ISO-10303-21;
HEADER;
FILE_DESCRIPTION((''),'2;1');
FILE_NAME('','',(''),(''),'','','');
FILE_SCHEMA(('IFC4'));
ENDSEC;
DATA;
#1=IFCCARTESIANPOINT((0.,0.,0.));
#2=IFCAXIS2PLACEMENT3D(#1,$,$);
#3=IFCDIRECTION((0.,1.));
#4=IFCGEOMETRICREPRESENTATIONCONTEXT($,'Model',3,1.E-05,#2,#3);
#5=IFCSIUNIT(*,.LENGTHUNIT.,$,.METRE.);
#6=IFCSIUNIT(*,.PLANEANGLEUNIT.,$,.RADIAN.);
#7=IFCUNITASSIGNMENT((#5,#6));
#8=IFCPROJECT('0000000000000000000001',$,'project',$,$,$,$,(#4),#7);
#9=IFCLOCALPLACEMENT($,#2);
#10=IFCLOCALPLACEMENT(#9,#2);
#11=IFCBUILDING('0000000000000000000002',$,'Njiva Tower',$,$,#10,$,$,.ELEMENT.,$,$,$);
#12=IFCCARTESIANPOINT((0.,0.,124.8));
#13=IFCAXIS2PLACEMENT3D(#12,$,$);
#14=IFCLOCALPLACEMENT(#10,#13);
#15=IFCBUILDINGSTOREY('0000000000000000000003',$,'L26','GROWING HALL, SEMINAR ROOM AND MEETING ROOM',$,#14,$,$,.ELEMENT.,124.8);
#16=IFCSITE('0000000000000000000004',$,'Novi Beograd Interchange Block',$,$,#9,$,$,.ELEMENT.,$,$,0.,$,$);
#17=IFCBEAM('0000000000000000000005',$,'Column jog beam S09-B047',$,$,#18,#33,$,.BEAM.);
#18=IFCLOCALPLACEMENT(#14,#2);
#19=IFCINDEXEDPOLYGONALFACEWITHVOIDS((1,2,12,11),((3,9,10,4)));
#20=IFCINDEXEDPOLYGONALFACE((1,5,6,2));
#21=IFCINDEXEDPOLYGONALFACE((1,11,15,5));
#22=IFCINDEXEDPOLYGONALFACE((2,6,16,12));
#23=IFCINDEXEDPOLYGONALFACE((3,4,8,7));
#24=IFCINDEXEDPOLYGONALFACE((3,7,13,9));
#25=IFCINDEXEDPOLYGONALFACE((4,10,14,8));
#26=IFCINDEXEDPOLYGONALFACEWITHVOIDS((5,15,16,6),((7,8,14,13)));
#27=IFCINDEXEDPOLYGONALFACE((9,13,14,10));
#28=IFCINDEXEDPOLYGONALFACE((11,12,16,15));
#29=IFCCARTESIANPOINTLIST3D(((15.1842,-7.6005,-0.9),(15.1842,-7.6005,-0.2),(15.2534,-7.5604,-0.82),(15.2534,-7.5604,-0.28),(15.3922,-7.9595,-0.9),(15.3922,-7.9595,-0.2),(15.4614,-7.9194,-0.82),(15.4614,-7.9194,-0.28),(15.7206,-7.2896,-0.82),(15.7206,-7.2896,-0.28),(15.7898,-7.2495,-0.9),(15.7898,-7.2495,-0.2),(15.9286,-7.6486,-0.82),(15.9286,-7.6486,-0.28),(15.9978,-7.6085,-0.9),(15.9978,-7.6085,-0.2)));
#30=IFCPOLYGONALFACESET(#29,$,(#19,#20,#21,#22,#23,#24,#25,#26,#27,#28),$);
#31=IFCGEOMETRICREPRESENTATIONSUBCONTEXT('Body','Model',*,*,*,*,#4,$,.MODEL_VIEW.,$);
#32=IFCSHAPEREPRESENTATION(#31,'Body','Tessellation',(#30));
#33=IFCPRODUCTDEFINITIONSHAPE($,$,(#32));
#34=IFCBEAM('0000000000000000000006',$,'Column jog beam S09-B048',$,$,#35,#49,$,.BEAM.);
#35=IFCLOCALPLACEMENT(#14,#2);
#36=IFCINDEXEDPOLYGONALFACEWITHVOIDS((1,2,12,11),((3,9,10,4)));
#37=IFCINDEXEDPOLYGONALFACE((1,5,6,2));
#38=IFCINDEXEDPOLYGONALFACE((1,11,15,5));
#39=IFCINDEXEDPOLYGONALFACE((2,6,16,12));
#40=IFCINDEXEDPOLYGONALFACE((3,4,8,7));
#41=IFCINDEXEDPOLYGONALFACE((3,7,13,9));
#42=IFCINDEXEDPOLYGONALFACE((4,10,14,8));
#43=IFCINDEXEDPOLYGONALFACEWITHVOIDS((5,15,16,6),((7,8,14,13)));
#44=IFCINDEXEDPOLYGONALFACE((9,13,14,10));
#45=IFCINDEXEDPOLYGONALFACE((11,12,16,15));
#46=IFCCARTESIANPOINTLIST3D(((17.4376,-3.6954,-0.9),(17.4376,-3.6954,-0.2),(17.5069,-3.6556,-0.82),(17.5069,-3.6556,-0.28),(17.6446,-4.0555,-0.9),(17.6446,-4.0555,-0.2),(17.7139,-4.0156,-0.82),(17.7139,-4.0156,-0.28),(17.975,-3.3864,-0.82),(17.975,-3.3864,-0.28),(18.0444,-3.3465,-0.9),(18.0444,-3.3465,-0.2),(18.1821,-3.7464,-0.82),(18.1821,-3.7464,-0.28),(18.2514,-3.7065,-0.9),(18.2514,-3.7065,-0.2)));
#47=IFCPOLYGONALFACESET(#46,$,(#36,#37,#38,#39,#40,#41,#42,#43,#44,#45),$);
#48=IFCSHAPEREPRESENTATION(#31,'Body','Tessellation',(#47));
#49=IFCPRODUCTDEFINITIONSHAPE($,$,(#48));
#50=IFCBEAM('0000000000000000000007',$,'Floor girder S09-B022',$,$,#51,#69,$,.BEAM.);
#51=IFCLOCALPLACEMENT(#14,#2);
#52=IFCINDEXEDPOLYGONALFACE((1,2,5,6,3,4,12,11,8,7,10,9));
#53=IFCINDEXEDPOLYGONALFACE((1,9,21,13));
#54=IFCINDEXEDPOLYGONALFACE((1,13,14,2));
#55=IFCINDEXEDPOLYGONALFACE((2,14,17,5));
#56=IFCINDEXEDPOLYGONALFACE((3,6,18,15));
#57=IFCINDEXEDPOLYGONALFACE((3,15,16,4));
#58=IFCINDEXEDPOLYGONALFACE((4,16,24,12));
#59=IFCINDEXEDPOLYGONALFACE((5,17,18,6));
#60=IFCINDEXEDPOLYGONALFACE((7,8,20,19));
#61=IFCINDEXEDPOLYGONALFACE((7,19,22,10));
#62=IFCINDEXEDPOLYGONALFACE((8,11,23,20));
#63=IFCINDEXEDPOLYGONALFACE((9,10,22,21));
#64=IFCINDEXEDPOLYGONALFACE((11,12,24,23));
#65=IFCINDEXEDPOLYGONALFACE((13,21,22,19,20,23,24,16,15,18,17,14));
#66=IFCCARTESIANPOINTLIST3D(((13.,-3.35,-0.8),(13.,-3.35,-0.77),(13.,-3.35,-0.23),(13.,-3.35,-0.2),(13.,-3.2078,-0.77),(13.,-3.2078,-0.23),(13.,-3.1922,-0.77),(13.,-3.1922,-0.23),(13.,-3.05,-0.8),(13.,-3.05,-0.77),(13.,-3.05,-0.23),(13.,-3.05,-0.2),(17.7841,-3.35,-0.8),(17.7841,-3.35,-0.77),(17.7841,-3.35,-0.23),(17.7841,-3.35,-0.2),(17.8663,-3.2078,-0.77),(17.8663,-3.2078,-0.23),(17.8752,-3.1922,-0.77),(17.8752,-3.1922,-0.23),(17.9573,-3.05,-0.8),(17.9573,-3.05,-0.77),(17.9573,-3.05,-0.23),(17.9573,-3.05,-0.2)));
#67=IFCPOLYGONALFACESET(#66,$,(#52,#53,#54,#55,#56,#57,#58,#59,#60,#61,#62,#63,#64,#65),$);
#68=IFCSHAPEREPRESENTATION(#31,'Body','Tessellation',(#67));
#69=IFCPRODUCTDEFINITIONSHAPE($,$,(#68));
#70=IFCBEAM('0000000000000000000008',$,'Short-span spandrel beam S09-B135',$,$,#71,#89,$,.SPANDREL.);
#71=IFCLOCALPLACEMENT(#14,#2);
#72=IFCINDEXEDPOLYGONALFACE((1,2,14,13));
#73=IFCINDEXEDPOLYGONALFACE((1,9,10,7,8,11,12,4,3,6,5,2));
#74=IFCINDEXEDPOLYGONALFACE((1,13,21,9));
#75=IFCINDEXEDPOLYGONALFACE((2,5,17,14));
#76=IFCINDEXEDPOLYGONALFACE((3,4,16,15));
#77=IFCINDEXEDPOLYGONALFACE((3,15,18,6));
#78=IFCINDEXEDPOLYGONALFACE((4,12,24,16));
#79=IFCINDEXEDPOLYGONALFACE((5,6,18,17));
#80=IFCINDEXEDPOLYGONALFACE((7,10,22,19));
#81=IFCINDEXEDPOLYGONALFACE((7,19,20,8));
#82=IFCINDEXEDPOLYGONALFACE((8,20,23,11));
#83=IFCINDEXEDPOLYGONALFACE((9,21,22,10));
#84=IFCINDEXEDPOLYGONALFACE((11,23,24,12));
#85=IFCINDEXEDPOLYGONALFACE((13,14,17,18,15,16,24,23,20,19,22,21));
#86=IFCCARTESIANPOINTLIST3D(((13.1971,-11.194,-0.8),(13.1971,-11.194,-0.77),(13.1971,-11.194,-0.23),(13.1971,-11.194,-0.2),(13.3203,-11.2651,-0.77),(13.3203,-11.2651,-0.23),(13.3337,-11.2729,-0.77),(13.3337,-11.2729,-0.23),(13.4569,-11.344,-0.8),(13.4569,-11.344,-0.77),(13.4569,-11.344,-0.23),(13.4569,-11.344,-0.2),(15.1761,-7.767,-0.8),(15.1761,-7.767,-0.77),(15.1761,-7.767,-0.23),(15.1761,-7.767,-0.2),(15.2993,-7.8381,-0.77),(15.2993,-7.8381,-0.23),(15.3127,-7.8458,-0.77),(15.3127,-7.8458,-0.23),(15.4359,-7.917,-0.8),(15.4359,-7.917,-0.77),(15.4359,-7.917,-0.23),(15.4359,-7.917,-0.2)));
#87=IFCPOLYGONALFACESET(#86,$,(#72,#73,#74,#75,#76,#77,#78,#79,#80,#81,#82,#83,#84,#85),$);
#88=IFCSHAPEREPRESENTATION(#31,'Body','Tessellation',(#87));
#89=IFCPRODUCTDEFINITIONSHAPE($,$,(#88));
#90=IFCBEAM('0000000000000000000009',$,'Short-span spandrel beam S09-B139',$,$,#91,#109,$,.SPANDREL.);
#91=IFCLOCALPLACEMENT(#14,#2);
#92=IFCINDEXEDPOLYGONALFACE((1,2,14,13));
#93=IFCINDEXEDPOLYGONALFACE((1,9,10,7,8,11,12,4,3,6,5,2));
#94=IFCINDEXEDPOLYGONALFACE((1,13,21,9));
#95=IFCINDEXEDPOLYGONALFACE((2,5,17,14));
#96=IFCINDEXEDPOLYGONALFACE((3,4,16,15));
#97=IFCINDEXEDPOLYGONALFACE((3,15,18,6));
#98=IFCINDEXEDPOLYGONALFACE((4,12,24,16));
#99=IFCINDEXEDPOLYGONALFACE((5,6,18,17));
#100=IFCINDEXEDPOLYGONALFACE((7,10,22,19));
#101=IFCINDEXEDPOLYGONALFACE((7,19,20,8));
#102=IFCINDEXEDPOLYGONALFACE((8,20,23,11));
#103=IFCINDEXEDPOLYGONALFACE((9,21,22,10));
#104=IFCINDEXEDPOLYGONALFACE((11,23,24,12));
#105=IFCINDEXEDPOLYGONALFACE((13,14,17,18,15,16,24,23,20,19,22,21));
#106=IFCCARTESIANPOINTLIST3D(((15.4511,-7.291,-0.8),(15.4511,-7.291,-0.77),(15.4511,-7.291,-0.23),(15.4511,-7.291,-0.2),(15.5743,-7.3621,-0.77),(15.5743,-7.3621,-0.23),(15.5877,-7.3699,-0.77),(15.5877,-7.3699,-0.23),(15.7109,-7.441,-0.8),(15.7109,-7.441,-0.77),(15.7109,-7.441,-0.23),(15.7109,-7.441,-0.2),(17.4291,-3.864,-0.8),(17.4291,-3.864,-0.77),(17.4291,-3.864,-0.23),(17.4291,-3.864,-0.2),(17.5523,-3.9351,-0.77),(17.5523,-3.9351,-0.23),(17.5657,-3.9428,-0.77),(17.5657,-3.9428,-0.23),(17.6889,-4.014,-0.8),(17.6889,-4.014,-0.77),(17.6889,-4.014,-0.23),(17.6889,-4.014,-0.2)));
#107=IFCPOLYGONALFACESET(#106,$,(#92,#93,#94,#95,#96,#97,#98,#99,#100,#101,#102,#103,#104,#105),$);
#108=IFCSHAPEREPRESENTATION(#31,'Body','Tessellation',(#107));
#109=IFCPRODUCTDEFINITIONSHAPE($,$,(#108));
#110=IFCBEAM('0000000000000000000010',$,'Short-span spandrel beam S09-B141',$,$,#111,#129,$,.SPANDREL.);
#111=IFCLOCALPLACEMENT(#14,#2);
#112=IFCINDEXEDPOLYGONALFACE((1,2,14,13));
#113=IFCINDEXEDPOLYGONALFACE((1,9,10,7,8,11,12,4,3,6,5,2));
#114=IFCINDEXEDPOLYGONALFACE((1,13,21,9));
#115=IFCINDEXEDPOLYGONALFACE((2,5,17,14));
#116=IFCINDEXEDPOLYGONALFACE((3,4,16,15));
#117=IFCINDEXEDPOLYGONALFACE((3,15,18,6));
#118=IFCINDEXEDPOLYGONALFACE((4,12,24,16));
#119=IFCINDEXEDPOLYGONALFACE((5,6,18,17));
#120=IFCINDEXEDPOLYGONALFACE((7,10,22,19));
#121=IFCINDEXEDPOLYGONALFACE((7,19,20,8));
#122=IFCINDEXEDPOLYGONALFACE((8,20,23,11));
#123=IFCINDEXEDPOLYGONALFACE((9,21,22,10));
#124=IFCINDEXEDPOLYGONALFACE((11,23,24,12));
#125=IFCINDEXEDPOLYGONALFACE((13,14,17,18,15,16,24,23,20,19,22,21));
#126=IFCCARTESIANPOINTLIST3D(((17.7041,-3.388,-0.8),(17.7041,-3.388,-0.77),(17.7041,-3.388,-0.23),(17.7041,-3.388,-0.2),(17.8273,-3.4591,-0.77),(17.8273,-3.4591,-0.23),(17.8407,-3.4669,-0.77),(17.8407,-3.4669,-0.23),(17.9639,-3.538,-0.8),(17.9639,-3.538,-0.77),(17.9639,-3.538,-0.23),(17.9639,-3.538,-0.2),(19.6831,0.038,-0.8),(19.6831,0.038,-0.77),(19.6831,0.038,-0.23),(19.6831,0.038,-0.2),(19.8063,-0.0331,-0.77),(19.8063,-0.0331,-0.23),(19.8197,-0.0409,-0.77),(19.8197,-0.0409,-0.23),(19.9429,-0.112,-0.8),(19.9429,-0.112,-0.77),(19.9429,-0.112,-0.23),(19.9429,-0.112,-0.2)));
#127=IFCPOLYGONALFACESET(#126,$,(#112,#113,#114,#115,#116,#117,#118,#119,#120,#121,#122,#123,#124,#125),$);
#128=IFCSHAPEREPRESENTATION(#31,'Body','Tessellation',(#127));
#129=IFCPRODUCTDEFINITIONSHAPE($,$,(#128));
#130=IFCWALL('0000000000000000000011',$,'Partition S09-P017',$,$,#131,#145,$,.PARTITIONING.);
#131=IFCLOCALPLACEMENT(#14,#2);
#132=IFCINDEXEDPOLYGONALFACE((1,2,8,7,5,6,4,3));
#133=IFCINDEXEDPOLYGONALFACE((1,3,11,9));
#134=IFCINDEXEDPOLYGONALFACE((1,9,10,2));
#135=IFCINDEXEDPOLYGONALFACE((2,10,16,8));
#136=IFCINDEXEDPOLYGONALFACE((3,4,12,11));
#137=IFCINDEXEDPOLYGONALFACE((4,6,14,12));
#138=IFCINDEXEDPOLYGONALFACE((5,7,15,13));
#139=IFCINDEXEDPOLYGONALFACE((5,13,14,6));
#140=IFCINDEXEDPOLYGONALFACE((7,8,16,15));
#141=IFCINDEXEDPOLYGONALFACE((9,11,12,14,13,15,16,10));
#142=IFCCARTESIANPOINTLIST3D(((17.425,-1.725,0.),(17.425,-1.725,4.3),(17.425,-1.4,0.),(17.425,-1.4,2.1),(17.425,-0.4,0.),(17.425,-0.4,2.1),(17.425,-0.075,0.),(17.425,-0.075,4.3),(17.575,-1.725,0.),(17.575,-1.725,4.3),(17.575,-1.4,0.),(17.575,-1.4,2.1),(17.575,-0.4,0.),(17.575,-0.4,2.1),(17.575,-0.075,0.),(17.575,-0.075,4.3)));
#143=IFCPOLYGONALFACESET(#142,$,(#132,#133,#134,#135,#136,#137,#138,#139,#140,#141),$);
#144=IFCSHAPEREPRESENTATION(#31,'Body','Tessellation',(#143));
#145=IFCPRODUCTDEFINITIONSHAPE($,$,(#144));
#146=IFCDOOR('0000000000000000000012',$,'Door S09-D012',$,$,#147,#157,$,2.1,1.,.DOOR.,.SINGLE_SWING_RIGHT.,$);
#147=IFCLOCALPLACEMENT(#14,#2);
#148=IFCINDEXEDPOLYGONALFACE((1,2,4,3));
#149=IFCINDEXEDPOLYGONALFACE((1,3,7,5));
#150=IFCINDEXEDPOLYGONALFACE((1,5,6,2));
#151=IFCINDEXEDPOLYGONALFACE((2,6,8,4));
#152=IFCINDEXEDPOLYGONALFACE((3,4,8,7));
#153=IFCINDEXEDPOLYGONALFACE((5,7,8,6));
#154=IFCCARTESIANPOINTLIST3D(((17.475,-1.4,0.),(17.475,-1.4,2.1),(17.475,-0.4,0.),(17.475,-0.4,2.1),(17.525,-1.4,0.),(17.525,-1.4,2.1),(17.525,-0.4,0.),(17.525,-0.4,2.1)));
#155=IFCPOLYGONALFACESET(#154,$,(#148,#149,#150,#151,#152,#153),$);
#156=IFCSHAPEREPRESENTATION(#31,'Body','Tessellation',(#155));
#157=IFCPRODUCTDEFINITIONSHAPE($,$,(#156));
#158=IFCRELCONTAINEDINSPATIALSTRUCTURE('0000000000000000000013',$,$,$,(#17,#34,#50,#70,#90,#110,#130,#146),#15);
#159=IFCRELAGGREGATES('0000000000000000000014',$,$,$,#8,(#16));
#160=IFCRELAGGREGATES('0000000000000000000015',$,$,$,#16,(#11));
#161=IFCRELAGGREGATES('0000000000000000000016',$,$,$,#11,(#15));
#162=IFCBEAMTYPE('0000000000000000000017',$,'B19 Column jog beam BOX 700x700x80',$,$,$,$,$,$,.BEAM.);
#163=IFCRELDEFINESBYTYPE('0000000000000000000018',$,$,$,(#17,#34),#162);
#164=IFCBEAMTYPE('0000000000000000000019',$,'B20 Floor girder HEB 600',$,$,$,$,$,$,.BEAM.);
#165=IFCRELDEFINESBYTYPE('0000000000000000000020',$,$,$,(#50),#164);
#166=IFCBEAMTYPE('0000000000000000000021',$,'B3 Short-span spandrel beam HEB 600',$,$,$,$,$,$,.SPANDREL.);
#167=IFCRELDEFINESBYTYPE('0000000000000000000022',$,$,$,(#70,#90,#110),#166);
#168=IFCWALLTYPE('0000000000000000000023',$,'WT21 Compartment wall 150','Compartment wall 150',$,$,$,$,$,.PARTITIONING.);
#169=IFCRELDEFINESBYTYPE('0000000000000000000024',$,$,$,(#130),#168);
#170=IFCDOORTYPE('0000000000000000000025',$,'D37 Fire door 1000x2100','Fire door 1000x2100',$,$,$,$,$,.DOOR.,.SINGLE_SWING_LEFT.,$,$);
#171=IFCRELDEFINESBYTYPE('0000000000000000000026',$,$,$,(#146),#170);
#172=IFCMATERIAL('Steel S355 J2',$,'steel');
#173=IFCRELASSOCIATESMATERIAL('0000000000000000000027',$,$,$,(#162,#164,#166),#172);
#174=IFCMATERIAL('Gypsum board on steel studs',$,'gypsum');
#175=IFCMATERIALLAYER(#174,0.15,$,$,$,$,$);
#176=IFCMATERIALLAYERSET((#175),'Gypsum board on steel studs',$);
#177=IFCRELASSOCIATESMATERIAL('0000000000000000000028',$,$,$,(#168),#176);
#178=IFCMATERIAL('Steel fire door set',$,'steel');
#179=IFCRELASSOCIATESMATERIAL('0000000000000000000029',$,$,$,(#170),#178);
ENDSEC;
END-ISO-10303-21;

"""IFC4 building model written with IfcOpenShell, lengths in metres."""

from ifc_helpers import new_model, si_unit, direction, frame, frame_2d, origin, origin_2d, place, context, subcontext, project, spatial, rectangle, hollow_rectangle, i_section, extrude, clip, halfspace, material, layer, layer_set, material_profile, profile_set, type_object, element, fill, save


model = new_model("IFC4")

# Units and contexts
model_context = context("Model", 3, precision=1e-05, world=origin(), true_north=direction((0.0, 1.0)))
body_context = subcontext(model_context, "Body", "Model", "MODEL_VIEW")
ifc_project = project(units=[si_unit("LENGTHUNIT", "METRE"), si_unit("PLANEANGLEUNIT", "RADIAN")], contexts=[model_context])

# Site, building, storey
site_placement = place(None, origin())
site = spatial("IfcSite", under=ifc_project, at=site_placement, Name="Novi Beograd Interchange Block", CompositionType="ELEMENT", RefElevation=0.0)
building_placement = place(site_placement, origin())
building = spatial("IfcBuilding", under=site, at=building_placement, Name="Njiva Tower", CompositionType="ELEMENT")
storey_placement = place(building_placement, frame((0.0, 0.0, 124.8)))
storey = spatial("IfcBuildingStorey", under=building, at=storey_placement, Name="L26", Description="GROWING HALL, SEMINAR ROOM AND MEETING ROOM", CompositionType="ELEMENT", Elevation=124.8)

# Shared definitions
ifc_material_1 = material(Name="Steel S355 J2", Category="steel")

# Beams
ifc_material_profile_1 = material_profile(ifc_material_1, hollow_rectangle(XDim=0.7, YDim=0.7, WallThickness=0.08, at=origin_2d()), Name="BOX 700x700x80")
ifc_profile_set_1 = profile_set([ifc_material_profile_1], Name="Steel S355 J2")
beam_type_1 = type_object("IfcBeamType", Name="B19 Column jog beam BOX 700x700x80", PredefinedType="BEAM", material=ifc_profile_set_1)
beam_1_placement = place(storey_placement, frame((15.695, -7.784, -0.55), z_axis=(-0.501321, 0.865261, 0.0), x_axis=(-0.865261, -0.501321, 0.0)))
element("IfcBeam", 1, at=beam_1_placement, inside=storey, type_object=beam_type_1, Name="Column jog beam S09-B047", PredefinedType="BEAM", context=body_context, shape_type="SweptSolid", body=[
    extrude(hollow_rectangle(XDim=0.7, YDim=0.7, WallThickness=0.08, at=origin_2d()), origin(), (0.0, 0.0, 1.0), 0.4149),
])
beam_2_placement = place(storey_placement, frame((17.948, -3.881, -0.55), z_axis=(-0.498471, 0.866906, 0.0), x_axis=(-0.866906, -0.498471, 0.0)))
element("IfcBeam", 2, at=beam_2_placement, inside=storey, type_object=beam_type_1, Name="Column jog beam S09-B048", PredefinedType="BEAM", context=body_context, shape_type="SweptSolid", body=[
    extrude(hollow_rectangle(XDim=0.7, YDim=0.7, WallThickness=0.08, at=origin_2d()), origin(), (0.0, 0.0, 1.0), 0.4153),
])
ifc_material_profile_2 = material_profile(ifc_material_1, i_section(OverallWidth=0.3, OverallDepth=0.6, WebThickness=0.0155, FlangeThickness=0.03, at=origin_2d()), Name="HEB 600")
ifc_profile_set_2 = profile_set([ifc_material_profile_2], Name="Steel S355 J2")
beam_type_2 = type_object("IfcBeamType", Name="B20 Floor girder HEB 600", PredefinedType="BEAM", material=ifc_profile_set_2)
beam_3_placement = place(storey_placement, frame((13.0, -3.2, -0.5), z_axis=(1.0, 0.0, 0.0), x_axis=(0.0, 1.0, 0.0)))
element("IfcBeam", 3, at=beam_3_placement, inside=storey, type_object=beam_type_2, Name="Floor girder S09-B022", PredefinedType="BEAM", context=body_context, shape_type="Clipping", body=[
    clip(extrude(i_section(OverallWidth=0.3, OverallDepth=0.6, WebThickness=0.0155, FlangeThickness=0.03, at=origin_2d()), origin(), (0.0, 0.0, 1.0), 4.978), halfspace(frame((-0.025, 0.0, 4.8563), z_axis=(-0.499998, 0.0, 0.866027), x_axis=(0.0, 1.0, 0.0)), False)),
])
ifc_material_profile_3 = material_profile(ifc_material_1, i_section(OverallWidth=0.3, OverallDepth=0.6, WebThickness=0.0155, FlangeThickness=0.03, at=origin_2d()), Name="HEB 600")
ifc_profile_set_3 = profile_set([ifc_material_profile_3], Name="Steel S355 J2")
beam_type_3 = type_object("IfcBeamType", Name="B3 Short-span spandrel beam HEB 600", PredefinedType="SPANDREL", material=ifc_profile_set_3)
beam_4_placement = place(storey_placement, frame((13.327, -11.269, -0.5), z_axis=(0.50008, 0.865979, 0.0), x_axis=(-0.865979, 0.50008, 0.0)))
element("IfcBeam", 4, at=beam_4_placement, inside=storey, type_object=beam_type_3, Name="Short-span spandrel beam S09-B135", PredefinedType="SPANDREL", context=body_context, shape_type="SweptSolid", body=[
    extrude(i_section(OverallWidth=0.3, OverallDepth=0.6, WebThickness=0.0155, FlangeThickness=0.03, at=origin_2d()), origin(), (0.0, 0.0, 1.0), 3.9574),
])
beam_5_placement = place(storey_placement, frame((15.581, -7.366, -0.5), z_axis=(0.49989, 0.866089, 0.0), x_axis=(-0.866089, 0.49989, 0.0)))
element("IfcBeam", 5, at=beam_5_placement, inside=storey, type_object=beam_type_3, Name="Short-span spandrel beam S09-B139", PredefinedType="SPANDREL", context=body_context, shape_type="SweptSolid", body=[
    extrude(i_section(OverallWidth=0.3, OverallDepth=0.6, WebThickness=0.0155, FlangeThickness=0.03, at=origin_2d()), origin(), (0.0, 0.0, 1.0), 3.9569),
])
beam_6_placement = place(storey_placement, frame((17.834, -3.463, -0.5), z_axis=(0.500189, 0.865916, 0.0), x_axis=(-0.865916, 0.500189, 0.0)))
element("IfcBeam", 6, at=beam_6_placement, inside=storey, type_object=beam_type_3, Name="Short-span spandrel beam S09-B141", PredefinedType="SPANDREL", context=body_context, shape_type="SweptSolid", body=[
    extrude(i_section(OverallWidth=0.3, OverallDepth=0.6, WebThickness=0.0155, FlangeThickness=0.03, at=origin_2d()), origin(), (0.0, 0.0, 1.0), 3.9565),
])

# Wall, opening, door
ifc_material_2 = material(Name="Gypsum board on steel studs", Category="gypsum")
ifc_layer = layer(ifc_material_2, 0.15)
ifc_layer_set = layer_set([ifc_layer], Name="Gypsum board on steel studs")
wall_type = type_object("IfcWallType", Name="WT21 Compartment wall 150", Description="Compartment wall 150", PredefinedType="PARTITIONING", material=ifc_layer_set)
wall_1_placement = place(storey_placement, frame((17.5, -1.725, 0.0), z_axis=(0.0, 0.0, 1.0), x_axis=(0.0, 1.0, 0.0)))
wall_1 = element("IfcWall", 7, at=wall_1_placement, inside=storey, type_object=wall_type, Name="Partition S09-P017", PredefinedType="PARTITIONING", context=body_context, shape_type="SweptSolid", body=[
    extrude(rectangle(XDim=1.65, YDim=0.15, at=frame_2d((0.825, 0.0))), origin(), (0.0, 0.0, 1.0), 4.3),
])
opening_1_placement = place(wall_1_placement, frame((0.325, 0.0, 0.0)))
opening_1 = element("IfcOpeningElement", 8, at=opening_1_placement, cuts=wall_1, PredefinedType="OPENING", context=body_context, shape_type="SweptSolid", body=[
    extrude(rectangle(XDim=1.0, YDim=2.1, at=frame_2d((0.5, 1.05))), frame((0.0, 0.085, 0.0), z_axis=(0.0, -1.0, 0.0), x_axis=(1.0, 0.0, 0.0)), (0.0, 0.0, 1.0), 0.17),
])
ifc_material_3 = material(Name="Steel fire door set", Category="steel")
door_type = type_object("IfcDoorType", Name="D37 Fire door 1000x2100", Description="Fire door 1000x2100", OperationType="SINGLE_SWING_LEFT", PredefinedType="DOOR", material=ifc_material_3)
door_1_placement = place(opening_1_placement, origin())
door_1 = element("IfcDoor", 9, at=door_1_placement, inside=storey, type_object=door_type, Name="Door S09-D012", OperationType="SINGLE_SWING_RIGHT", OverallHeight=2.1, OverallWidth=1.0, PredefinedType="DOOR", context=body_context, shape_type="SweptSolid", body=[
    extrude(rectangle(XDim=1.0, YDim=2.1, at=frame_2d((0.5, 1.05))), frame((0.0, 0.025, 0.0), z_axis=(0.0, -1.0, 0.0), x_axis=(1.0, 0.0, 0.0)), (0.0, 0.0, 1.0), 0.05),
])
fill(opening_1, door_1)

save(model, "model.ifc")
